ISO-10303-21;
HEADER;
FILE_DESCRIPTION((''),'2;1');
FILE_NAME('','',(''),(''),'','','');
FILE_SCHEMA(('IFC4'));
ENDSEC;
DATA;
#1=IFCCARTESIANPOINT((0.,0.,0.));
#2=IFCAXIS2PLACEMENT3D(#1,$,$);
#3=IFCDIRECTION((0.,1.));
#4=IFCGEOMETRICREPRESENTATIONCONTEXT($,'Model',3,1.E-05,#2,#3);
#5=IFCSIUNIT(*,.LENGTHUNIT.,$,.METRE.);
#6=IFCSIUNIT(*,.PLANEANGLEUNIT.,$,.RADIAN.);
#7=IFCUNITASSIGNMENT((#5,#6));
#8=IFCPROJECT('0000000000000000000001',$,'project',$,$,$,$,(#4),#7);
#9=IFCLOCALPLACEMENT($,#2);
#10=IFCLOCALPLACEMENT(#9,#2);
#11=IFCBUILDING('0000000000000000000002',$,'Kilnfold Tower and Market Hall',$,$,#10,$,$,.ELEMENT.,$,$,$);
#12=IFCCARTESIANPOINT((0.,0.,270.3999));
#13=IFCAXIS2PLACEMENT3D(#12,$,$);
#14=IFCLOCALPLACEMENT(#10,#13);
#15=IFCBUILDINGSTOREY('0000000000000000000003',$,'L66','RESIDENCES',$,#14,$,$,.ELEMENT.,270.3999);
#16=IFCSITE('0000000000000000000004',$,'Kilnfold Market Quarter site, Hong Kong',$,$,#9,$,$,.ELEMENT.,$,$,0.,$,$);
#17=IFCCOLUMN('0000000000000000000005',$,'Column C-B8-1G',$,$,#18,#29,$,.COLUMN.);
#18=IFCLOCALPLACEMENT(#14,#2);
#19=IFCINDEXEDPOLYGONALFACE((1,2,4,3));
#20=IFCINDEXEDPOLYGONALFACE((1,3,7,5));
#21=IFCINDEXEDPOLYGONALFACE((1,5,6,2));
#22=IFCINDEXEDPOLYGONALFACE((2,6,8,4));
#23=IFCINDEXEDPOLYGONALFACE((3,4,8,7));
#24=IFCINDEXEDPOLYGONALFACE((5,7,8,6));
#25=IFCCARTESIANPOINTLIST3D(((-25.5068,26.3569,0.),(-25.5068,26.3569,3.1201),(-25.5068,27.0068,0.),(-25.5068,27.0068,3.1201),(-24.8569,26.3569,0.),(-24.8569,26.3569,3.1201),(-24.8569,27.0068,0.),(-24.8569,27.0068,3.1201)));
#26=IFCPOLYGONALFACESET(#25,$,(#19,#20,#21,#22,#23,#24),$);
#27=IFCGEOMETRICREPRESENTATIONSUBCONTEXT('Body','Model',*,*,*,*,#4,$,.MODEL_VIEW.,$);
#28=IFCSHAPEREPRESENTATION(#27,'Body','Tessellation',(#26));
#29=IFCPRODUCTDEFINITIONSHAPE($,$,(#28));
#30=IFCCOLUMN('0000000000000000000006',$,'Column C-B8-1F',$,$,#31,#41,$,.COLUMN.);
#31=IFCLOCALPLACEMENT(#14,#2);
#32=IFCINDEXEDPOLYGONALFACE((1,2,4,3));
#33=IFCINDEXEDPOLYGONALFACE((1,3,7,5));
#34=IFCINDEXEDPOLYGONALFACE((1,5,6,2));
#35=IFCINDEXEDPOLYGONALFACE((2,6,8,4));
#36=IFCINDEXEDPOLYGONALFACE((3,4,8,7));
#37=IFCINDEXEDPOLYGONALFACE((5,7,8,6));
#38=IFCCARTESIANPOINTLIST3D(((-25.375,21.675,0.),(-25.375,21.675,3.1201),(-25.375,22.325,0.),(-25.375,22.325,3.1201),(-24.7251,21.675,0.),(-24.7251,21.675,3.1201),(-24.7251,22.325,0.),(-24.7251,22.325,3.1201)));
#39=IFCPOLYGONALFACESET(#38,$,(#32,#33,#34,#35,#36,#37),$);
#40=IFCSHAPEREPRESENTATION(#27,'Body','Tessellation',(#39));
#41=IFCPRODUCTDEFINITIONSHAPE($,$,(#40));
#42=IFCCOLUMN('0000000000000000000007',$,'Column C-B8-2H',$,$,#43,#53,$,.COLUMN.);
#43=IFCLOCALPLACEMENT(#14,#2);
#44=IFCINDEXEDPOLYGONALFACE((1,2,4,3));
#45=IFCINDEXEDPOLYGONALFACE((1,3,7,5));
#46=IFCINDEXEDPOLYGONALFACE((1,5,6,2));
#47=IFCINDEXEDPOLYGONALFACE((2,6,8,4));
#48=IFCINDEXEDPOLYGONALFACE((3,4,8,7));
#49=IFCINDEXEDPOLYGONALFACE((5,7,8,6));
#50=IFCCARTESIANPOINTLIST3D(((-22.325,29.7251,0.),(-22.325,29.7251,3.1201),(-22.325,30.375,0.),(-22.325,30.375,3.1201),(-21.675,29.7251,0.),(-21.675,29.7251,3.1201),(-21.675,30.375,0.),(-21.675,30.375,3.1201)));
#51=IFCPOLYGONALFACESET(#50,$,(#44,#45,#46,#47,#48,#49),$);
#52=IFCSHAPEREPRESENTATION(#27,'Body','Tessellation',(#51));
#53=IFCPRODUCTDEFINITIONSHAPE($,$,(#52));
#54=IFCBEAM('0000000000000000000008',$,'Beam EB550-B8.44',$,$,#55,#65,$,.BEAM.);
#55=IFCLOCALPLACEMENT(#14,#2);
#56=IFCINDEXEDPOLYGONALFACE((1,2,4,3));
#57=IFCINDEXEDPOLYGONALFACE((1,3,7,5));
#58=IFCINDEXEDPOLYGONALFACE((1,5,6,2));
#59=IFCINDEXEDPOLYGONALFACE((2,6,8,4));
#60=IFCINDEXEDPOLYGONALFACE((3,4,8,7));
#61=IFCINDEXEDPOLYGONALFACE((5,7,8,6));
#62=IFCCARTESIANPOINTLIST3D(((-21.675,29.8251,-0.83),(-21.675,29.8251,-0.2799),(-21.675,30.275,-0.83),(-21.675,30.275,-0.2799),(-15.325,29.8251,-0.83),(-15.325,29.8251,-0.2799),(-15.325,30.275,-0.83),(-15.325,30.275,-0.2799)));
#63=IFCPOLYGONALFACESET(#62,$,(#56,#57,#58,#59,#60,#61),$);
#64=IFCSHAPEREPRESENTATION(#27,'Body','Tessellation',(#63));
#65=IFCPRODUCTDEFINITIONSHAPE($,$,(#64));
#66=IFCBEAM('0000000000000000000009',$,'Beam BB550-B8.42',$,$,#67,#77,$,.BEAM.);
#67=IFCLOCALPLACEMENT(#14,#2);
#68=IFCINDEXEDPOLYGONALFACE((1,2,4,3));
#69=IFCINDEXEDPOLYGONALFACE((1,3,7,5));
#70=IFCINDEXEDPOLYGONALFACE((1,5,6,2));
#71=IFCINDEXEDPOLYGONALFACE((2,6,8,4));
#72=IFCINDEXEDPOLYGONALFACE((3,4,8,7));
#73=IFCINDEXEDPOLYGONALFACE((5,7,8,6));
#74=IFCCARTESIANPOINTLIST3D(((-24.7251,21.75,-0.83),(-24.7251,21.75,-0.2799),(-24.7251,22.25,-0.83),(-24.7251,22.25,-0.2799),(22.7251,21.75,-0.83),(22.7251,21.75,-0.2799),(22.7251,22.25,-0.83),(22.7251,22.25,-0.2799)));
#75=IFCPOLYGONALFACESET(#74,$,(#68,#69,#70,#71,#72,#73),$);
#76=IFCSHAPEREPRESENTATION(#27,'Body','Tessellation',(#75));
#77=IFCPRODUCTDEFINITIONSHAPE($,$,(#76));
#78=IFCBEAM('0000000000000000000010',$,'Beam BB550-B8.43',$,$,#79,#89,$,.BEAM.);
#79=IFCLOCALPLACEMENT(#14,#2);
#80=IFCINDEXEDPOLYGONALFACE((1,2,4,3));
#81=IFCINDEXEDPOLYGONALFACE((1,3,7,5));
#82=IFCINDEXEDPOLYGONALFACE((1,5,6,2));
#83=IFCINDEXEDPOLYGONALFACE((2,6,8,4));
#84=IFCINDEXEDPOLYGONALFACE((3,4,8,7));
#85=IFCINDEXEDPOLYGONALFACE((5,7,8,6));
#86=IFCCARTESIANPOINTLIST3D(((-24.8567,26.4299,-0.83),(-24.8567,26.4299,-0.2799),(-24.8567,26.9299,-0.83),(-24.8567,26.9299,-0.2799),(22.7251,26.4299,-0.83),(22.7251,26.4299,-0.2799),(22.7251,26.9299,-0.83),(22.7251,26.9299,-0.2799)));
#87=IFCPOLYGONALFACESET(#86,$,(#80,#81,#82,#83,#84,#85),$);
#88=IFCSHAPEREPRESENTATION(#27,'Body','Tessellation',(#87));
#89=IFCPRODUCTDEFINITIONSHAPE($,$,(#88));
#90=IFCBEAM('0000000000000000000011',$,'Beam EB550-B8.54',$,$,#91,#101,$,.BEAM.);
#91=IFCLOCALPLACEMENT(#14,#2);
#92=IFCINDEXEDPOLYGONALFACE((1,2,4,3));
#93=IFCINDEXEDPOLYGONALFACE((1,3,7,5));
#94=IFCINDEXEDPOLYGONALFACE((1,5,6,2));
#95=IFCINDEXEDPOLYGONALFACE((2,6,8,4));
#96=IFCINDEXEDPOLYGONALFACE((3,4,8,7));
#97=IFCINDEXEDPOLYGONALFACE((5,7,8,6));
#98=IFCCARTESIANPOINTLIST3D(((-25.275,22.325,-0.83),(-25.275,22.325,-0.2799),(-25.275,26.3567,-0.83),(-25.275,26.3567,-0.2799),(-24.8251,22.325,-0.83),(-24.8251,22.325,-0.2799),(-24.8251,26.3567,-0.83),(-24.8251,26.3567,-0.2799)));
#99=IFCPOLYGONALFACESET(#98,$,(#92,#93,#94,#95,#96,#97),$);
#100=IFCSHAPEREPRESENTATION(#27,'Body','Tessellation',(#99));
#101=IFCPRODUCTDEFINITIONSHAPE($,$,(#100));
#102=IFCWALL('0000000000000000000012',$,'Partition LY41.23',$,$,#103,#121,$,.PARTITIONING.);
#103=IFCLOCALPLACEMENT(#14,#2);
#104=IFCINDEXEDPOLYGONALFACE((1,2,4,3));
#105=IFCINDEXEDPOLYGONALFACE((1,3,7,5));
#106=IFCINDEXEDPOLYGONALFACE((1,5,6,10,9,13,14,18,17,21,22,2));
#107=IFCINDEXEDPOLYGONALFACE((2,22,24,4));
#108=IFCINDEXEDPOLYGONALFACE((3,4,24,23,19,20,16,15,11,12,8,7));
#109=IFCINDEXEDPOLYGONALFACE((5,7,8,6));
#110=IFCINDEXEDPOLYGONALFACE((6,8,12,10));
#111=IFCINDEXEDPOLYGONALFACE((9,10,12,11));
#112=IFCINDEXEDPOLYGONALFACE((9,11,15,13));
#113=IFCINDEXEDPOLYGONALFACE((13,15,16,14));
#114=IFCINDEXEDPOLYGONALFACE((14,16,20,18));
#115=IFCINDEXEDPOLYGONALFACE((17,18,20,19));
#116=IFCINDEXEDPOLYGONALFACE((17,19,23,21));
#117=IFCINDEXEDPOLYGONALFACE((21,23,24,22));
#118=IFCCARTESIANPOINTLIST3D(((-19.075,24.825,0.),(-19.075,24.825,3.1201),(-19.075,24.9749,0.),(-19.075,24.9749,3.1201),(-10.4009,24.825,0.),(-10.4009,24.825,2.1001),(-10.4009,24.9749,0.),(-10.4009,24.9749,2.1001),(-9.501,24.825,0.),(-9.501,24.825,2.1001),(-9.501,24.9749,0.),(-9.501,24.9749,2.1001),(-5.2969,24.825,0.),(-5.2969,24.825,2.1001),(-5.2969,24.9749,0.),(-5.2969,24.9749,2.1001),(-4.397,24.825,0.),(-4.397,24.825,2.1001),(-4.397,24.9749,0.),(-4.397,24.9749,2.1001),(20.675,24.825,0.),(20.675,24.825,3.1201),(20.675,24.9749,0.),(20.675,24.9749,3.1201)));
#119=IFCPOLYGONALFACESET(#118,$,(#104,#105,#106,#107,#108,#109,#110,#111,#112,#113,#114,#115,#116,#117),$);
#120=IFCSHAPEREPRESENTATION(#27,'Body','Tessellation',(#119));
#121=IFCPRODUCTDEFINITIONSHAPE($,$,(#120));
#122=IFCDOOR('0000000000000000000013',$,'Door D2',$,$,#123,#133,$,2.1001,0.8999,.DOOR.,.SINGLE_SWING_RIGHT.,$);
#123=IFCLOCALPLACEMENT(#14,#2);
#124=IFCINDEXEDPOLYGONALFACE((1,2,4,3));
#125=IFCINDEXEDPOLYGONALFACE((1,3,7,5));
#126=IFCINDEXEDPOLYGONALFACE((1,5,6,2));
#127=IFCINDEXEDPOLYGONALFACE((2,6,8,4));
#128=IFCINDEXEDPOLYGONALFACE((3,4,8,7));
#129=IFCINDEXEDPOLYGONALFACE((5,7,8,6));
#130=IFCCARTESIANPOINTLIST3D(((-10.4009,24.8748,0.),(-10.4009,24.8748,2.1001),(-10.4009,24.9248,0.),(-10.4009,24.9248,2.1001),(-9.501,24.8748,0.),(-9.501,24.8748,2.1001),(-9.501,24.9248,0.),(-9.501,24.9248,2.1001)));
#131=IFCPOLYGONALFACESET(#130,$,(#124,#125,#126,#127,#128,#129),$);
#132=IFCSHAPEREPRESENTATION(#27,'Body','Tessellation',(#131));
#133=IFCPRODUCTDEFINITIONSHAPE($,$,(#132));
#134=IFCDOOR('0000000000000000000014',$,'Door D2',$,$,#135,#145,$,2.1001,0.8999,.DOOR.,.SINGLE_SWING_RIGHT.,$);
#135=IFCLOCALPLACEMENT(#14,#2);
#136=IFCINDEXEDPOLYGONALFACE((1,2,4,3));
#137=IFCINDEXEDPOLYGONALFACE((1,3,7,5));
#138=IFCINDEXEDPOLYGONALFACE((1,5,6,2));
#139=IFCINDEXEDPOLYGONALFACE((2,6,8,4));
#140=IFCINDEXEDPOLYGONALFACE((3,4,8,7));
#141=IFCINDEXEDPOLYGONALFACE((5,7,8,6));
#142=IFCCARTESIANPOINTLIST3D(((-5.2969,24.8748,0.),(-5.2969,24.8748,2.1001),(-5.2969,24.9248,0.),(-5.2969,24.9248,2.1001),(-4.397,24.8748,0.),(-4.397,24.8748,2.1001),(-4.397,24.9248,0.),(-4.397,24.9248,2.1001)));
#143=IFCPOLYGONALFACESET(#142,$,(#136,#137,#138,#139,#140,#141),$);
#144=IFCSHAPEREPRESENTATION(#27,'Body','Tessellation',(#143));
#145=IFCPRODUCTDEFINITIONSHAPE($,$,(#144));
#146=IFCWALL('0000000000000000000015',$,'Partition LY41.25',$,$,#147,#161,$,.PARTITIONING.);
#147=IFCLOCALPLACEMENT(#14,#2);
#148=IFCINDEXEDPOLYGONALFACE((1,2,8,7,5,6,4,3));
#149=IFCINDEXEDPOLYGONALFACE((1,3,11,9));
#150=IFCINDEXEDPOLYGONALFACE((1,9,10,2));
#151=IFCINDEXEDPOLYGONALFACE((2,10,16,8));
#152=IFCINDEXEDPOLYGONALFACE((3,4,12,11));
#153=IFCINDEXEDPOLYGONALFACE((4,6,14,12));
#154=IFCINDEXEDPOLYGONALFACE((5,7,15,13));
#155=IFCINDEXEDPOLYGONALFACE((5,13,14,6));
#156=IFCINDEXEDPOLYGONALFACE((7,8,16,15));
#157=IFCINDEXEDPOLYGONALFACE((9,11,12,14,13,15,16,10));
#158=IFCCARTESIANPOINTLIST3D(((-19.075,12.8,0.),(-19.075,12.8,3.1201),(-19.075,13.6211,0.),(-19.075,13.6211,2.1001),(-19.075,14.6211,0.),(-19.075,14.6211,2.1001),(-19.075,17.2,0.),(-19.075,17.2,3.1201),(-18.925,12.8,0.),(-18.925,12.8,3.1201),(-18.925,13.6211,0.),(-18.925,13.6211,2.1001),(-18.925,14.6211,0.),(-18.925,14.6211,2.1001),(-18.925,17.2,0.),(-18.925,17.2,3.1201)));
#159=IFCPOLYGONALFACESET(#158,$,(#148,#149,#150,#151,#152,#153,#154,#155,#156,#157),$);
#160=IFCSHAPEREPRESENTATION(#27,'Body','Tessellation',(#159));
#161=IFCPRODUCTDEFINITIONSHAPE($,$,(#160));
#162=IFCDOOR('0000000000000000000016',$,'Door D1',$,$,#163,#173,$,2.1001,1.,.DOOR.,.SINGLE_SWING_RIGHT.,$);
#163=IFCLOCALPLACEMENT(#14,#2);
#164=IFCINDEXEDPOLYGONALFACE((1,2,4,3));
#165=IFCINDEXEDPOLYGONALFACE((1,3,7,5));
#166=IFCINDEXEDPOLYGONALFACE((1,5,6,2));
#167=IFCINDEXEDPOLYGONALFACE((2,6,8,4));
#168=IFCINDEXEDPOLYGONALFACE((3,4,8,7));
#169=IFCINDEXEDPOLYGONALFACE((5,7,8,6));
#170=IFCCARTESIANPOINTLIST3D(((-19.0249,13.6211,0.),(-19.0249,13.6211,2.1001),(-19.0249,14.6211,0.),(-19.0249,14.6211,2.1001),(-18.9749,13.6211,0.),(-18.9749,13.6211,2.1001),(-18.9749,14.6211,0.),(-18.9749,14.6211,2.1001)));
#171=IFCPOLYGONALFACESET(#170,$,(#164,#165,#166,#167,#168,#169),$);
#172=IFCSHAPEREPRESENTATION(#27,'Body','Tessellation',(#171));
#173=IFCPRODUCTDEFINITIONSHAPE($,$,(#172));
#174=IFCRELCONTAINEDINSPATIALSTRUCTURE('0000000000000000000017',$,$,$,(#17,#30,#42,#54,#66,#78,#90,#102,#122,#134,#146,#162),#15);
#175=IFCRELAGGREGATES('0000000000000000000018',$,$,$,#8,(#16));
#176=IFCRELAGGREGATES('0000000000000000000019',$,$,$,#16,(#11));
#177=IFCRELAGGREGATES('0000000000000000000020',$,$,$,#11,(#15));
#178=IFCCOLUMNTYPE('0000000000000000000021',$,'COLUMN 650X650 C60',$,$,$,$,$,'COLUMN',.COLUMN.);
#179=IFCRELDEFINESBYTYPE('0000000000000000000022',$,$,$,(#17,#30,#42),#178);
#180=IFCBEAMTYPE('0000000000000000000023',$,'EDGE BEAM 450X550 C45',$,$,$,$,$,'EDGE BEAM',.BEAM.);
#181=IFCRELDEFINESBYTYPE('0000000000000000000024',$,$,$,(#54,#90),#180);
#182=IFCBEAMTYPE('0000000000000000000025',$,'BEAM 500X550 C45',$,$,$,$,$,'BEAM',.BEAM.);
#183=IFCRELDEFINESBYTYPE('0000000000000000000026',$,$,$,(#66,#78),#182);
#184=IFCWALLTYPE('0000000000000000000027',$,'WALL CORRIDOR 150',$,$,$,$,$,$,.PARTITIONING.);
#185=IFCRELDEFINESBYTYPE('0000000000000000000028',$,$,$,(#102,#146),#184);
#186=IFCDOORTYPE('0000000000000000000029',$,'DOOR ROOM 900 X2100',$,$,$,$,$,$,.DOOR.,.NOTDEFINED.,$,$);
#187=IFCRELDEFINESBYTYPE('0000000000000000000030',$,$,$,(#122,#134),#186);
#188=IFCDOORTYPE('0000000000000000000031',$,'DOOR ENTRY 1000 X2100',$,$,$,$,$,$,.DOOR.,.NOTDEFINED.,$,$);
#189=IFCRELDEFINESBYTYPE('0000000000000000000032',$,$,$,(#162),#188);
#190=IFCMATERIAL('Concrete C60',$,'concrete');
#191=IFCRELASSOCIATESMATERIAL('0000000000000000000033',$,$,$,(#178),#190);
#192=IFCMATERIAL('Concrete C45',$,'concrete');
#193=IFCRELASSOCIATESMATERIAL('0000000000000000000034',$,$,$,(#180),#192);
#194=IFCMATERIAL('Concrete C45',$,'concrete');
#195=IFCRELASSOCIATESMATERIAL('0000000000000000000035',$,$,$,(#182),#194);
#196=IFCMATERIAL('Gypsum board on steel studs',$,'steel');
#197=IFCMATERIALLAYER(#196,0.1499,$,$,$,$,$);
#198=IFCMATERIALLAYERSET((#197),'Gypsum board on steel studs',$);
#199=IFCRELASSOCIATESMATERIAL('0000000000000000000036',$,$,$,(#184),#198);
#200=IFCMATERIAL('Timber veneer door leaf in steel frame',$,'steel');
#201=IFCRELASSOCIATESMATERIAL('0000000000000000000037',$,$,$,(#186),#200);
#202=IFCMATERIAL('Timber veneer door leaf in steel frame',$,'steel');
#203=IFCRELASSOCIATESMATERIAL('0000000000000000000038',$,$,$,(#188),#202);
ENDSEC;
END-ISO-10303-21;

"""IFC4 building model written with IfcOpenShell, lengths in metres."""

from ifc_helpers import new_model, si_unit, direction, frame, frame_2d, origin, origin_2d, place, context, subcontext, project, spatial, rectangle, extrude, source, transform, mapped, material, layer, layer_set, material_profile, profile_set, type_object, element, fill, save


model = new_model("IFC4")

# Units and contexts
model_context = context("Model", 3, precision=1e-05, world=origin(), true_north=direction((0.0, 1.0)))
body_context = subcontext(model_context, "Body", "Model", "MODEL_VIEW")
ifc_project = project(units=[si_unit("LENGTHUNIT", "METRE"), si_unit("PLANEANGLEUNIT", "RADIAN")], contexts=[model_context])

# Site, building, storey
site_placement = place(None, origin())
site = spatial("IfcSite", under=ifc_project, at=site_placement, Name="Kilnfold Market Quarter site, Hong Kong", CompositionType="ELEMENT", RefElevation=0.0)
building_placement = place(site_placement, origin())
building = spatial("IfcBuilding", under=site, at=building_placement, Name="Kilnfold Tower and Market Hall", CompositionType="ELEMENT")
storey_placement = place(building_placement, frame((0.0, 0.0, 270.3999)))
storey = spatial("IfcBuildingStorey", under=building, at=storey_placement, Name="L66", Description="RESIDENCES", CompositionType="ELEMENT", Elevation=270.3999)

# Columns
ifc_material_1 = material(Name="Concrete C60", Category="concrete")
ifc_material_profile_1 = material_profile(ifc_material_1, rectangle(XDim=0.6499, YDim=0.6499, at=origin_2d()), Name="RC 650x650")
ifc_profile_set_1 = profile_set([ifc_material_profile_1], Name="Concrete C60")
column_type = type_object("IfcColumnType", Name="COLUMN 650X650 C60", ElementType="COLUMN", PredefinedType="COLUMN", material=ifc_profile_set_1)
shared_shape_1 = source(origin(), body_context, "Body", "SweptSolid", [
    extrude(rectangle(XDim=0.6499, YDim=0.6499, at=origin_2d()), origin(), (0.0, 0.0, 1.0), 3.1201),
])
for number, where, z_axis, x_axis, name in (
    (1, (-25.1819, 26.6819, 0.0), (0.0, 0.0, 1.0), (1.0, 0.0, 0.0), "Column C-B8-1G"),
    (2, (-25.05, 22.0, 0.0), (0.0, 0.0, 1.0), (1.0, 0.0, 0.0), "Column C-B8-1F"),
    (3, (-22.0, 30.05, 0.0), (0.0, 0.0, 1.0), (1.0, 0.0, 0.0), "Column C-B8-2H"),
):
    element("IfcColumn", number, at=place(storey_placement, frame(where, z_axis=z_axis, x_axis=x_axis)), inside=storey, type_object=column_type, Name=name, PredefinedType="COLUMN", context=body_context, shape_type="MappedRepresentation", body=[
        mapped(shared_shape_1, transform((0.0, 0.0, 0.0))),
    ])

# Beams
ifc_material_2 = material(Name="Concrete C45", Category="concrete")
ifc_material_profile_2 = material_profile(ifc_material_2, rectangle(XDim=0.45, YDim=0.55, at=origin_2d()), Name="RC 450x550")
ifc_profile_set_2 = profile_set([ifc_material_profile_2], Name="Concrete C45")
beam_type_1 = type_object("IfcBeamType", Name="EDGE BEAM 450X550 C45", ElementType="EDGE BEAM", PredefinedType="BEAM", material=ifc_profile_set_2)
shared_shape_2 = source(origin(), body_context, "Body", "SweptSolid", [
    extrude(rectangle(XDim=0.45, YDim=0.55, at=origin_2d()), origin(), (0.0, 0.0, 1.0), 6.3501),
])
beam_1_placement = place(storey_placement, frame((-21.675, 30.05, -0.5549), z_axis=(1.0, 0.0, 0.0), x_axis=(0.0, 1.0, 0.0)))
element("IfcBeam", 4, at=beam_1_placement, inside=storey, type_object=beam_type_1, Name="Beam EB550-B8.44", PredefinedType="BEAM", context=body_context, shape_type="MappedRepresentation", body=[
    mapped(shared_shape_2, transform((0.0, 0.0, 0.0))),
])
ifc_material_3 = material(Name="Concrete C45", Category="concrete")
ifc_material_profile_3 = material_profile(ifc_material_3, rectangle(XDim=0.5, YDim=0.55, at=origin_2d()), Name="RC 500x550")
ifc_profile_set_3 = profile_set([ifc_material_profile_3], Name="Concrete C45")
beam_type_2 = type_object("IfcBeamType", Name="BEAM 500X550 C45", ElementType="BEAM", PredefinedType="BEAM", material=ifc_profile_set_3)
shared_shape_3 = source(origin(), body_context, "Body", "SweptSolid", [
    extrude(rectangle(XDim=0.5, YDim=0.55, at=origin_2d()), origin(), (0.0, 0.0, 1.0), 47.4502),
])
beam_2_placement = place(storey_placement, frame((-24.7251, 22.0, -0.5549), z_axis=(1.0, 0.0, 0.0), x_axis=(0.0, 1.0, 0.0)))
element("IfcBeam", 5, at=beam_2_placement, inside=storey, type_object=beam_type_2, Name="Beam BB550-B8.42", PredefinedType="BEAM", context=body_context, shape_type="MappedRepresentation", body=[
    mapped(shared_shape_3, transform((0.0, 0.0, 0.0))),
])
shared_shape_4 = source(origin(), body_context, "Body", "SweptSolid", [
    extrude(rectangle(XDim=0.5, YDim=0.55, at=origin_2d()), origin(), (0.0, 0.0, 1.0), 47.5818),
])
beam_3_placement = place(storey_placement, frame((-24.8567, 26.6799, -0.5549), z_axis=(1.0, 0.0, 0.0), x_axis=(0.0, 1.0, 0.0)))
element("IfcBeam", 6, at=beam_3_placement, inside=storey, type_object=beam_type_2, Name="Beam BB550-B8.43", PredefinedType="BEAM", context=body_context, shape_type="MappedRepresentation", body=[
    mapped(shared_shape_4, transform((0.0, 0.0, 0.0))),
])
shared_shape_5 = source(origin(), body_context, "Body", "SweptSolid", [
    extrude(rectangle(XDim=0.45, YDim=0.55, at=origin_2d()), origin(), (0.0, 0.0, 1.0), 4.0317),
])
beam_4_placement = place(storey_placement, frame((-25.05, 22.325, -0.5549), z_axis=(0.0, 1.0, 0.0), x_axis=(-1.0, 0.0, 0.0)))
element("IfcBeam", 7, at=beam_4_placement, inside=storey, type_object=beam_type_1, Name="Beam EB550-B8.54", PredefinedType="BEAM", context=body_context, shape_type="MappedRepresentation", body=[
    mapped(shared_shape_5, transform((0.0, 0.0, 0.0))),
])

# Wall, openings, doors
ifc_material_4 = material(Name="Gypsum board on steel studs", Category="steel")
ifc_layer_1 = layer(ifc_material_4, 0.1499)
ifc_layer_set_1 = layer_set([ifc_layer_1], Name="Gypsum board on steel studs")
wall_type_1 = type_object("IfcWallType", Name="WALL CORRIDOR 150", PredefinedType="PARTITIONING", material=ifc_layer_set_1)
wall_1_placement = place(storey_placement, frame((-19.075, 24.8999, 0.0), z_axis=(0.0, 0.0, 1.0), x_axis=(1.0, 0.0, 0.0)))
wall_1 = element("IfcWall", 8, at=wall_1_placement, inside=storey, type_object=wall_type_1, Name="Partition LY41.23", PredefinedType="PARTITIONING", context=body_context, shape_type="SweptSolid", body=[
    extrude(rectangle(XDim=39.75, YDim=0.1499, at=frame_2d((19.875, 0.0))), origin(), (0.0, 0.0, 1.0), 3.1201),
])
opening_1_placement = place(wall_1_placement, frame((8.6741, 0.0, 0.0)))
opening_1 = element("IfcOpeningElement", 9, at=opening_1_placement, cuts=wall_1, PredefinedType="OPENING", context=body_context, shape_type="SweptSolid", body=[
    extrude(rectangle(XDim=0.8999, YDim=2.1001, at=frame_2d((0.45, 1.05))), frame((0.0, 0.085, 0.0), z_axis=(0.0, -1.0, 0.0), x_axis=(1.0, 0.0, 0.0)), (0.0, 0.0, 1.0), 0.1699),
])
opening_2_placement = place(wall_1_placement, frame((13.7781, 0.0, 0.0)))
opening_2 = element("IfcOpeningElement", 10, at=opening_2_placement, cuts=wall_1, PredefinedType="OPENING", context=body_context, shape_type="SweptSolid", body=[
    extrude(rectangle(XDim=0.8999, YDim=2.1001, at=frame_2d((0.45, 1.05))), frame((0.0, 0.085, 0.0), z_axis=(0.0, -1.0, 0.0), x_axis=(1.0, 0.0, 0.0)), (0.0, 0.0, 1.0), 0.1699),
])
ifc_material_5 = material(Name="Timber veneer door leaf in steel frame", Category="steel")
door_type_1 = type_object("IfcDoorType", Name="DOOR ROOM 900 X2100", OperationType="NOTDEFINED", PredefinedType="DOOR", material=ifc_material_5)
door_1_placement = place(opening_1_placement, origin())
door_1 = element("IfcDoor", 11, at=door_1_placement, inside=storey, type_object=door_type_1, Name="Door D2", OperationType="SINGLE_SWING_RIGHT", OverallHeight=2.1001, OverallWidth=0.8999, PredefinedType="DOOR", context=body_context, shape_type="SweptSolid", body=[
    extrude(rectangle(XDim=0.8999, YDim=2.1001, at=frame_2d((0.45, 1.05))), frame((0.0, 0.0249, 0.0), z_axis=(0.0, -1.0, 0.0), x_axis=(1.0, 0.0, 0.0)), (0.0, 0.0, 1.0), 0.05),
])
fill(opening_1, door_1)
door_2_placement = place(opening_2_placement, origin())
door_2 = element("IfcDoor", 12, at=door_2_placement, inside=storey, type_object=door_type_1, Name="Door D2", OperationType="SINGLE_SWING_RIGHT", OverallHeight=2.1001, OverallWidth=0.8999, PredefinedType="DOOR", context=body_context, shape_type="SweptSolid", body=[
    extrude(rectangle(XDim=0.8999, YDim=2.1001, at=frame_2d((0.45, 1.05))), frame((0.0, 0.0249, 0.0), z_axis=(0.0, -1.0, 0.0), x_axis=(1.0, 0.0, 0.0)), (0.0, 0.0, 1.0), 0.05),
])
fill(opening_2, door_2)

# Wall, opening, door
wall_2_placement = place(storey_placement, frame((-19.0, 12.8, 0.0), z_axis=(0.0, 0.0, 1.0), x_axis=(0.0, 1.0, 0.0)))
wall_2 = element("IfcWall", 13, at=wall_2_placement, inside=storey, type_object=wall_type_1, Name="Partition LY41.25", PredefinedType="PARTITIONING", context=body_context, shape_type="SweptSolid", body=[
    extrude(rectangle(XDim=4.3999, YDim=0.1499, at=frame_2d((2.2, 0.0))), origin(), (0.0, 0.0, 1.0), 3.1201),
])
opening_3_placement = place(wall_2_placement, frame((0.821, 0.0, 0.0)))
opening_3 = element("IfcOpeningElement", 14, at=opening_3_placement, cuts=wall_2, PredefinedType="OPENING", context=body_context, shape_type="SweptSolid", body=[
    extrude(rectangle(XDim=1.0, YDim=2.1001, at=frame_2d((0.5, 1.05))), frame((0.0, 0.085, 0.0), z_axis=(0.0, -1.0, 0.0), x_axis=(1.0, 0.0, 0.0)), (0.0, 0.0, 1.0), 0.1699),
])
ifc_material_6 = material(Name="Timber veneer door leaf in steel frame", Category="steel")
door_type_2 = type_object("IfcDoorType", Name="DOOR ENTRY 1000 X2100", OperationType="NOTDEFINED", PredefinedType="DOOR", material=ifc_material_6)
door_3_placement = place(opening_3_placement, origin())
door_3 = element("IfcDoor", 15, at=door_3_placement, inside=storey, type_object=door_type_2, Name="Door D1", OperationType="SINGLE_SWING_RIGHT", OverallHeight=2.1001, OverallWidth=1.0, PredefinedType="DOOR", context=body_context, shape_type="SweptSolid", body=[
    extrude(rectangle(XDim=1.0, YDim=2.1001, at=frame_2d((0.5, 1.05))), frame((0.0, 0.0249, 0.0), z_axis=(0.0, -1.0, 0.0), x_axis=(1.0, 0.0, 0.0)), (0.0, 0.0, 1.0), 0.05),
])
fill(opening_3, door_3)

save(model, "model.ifc")
